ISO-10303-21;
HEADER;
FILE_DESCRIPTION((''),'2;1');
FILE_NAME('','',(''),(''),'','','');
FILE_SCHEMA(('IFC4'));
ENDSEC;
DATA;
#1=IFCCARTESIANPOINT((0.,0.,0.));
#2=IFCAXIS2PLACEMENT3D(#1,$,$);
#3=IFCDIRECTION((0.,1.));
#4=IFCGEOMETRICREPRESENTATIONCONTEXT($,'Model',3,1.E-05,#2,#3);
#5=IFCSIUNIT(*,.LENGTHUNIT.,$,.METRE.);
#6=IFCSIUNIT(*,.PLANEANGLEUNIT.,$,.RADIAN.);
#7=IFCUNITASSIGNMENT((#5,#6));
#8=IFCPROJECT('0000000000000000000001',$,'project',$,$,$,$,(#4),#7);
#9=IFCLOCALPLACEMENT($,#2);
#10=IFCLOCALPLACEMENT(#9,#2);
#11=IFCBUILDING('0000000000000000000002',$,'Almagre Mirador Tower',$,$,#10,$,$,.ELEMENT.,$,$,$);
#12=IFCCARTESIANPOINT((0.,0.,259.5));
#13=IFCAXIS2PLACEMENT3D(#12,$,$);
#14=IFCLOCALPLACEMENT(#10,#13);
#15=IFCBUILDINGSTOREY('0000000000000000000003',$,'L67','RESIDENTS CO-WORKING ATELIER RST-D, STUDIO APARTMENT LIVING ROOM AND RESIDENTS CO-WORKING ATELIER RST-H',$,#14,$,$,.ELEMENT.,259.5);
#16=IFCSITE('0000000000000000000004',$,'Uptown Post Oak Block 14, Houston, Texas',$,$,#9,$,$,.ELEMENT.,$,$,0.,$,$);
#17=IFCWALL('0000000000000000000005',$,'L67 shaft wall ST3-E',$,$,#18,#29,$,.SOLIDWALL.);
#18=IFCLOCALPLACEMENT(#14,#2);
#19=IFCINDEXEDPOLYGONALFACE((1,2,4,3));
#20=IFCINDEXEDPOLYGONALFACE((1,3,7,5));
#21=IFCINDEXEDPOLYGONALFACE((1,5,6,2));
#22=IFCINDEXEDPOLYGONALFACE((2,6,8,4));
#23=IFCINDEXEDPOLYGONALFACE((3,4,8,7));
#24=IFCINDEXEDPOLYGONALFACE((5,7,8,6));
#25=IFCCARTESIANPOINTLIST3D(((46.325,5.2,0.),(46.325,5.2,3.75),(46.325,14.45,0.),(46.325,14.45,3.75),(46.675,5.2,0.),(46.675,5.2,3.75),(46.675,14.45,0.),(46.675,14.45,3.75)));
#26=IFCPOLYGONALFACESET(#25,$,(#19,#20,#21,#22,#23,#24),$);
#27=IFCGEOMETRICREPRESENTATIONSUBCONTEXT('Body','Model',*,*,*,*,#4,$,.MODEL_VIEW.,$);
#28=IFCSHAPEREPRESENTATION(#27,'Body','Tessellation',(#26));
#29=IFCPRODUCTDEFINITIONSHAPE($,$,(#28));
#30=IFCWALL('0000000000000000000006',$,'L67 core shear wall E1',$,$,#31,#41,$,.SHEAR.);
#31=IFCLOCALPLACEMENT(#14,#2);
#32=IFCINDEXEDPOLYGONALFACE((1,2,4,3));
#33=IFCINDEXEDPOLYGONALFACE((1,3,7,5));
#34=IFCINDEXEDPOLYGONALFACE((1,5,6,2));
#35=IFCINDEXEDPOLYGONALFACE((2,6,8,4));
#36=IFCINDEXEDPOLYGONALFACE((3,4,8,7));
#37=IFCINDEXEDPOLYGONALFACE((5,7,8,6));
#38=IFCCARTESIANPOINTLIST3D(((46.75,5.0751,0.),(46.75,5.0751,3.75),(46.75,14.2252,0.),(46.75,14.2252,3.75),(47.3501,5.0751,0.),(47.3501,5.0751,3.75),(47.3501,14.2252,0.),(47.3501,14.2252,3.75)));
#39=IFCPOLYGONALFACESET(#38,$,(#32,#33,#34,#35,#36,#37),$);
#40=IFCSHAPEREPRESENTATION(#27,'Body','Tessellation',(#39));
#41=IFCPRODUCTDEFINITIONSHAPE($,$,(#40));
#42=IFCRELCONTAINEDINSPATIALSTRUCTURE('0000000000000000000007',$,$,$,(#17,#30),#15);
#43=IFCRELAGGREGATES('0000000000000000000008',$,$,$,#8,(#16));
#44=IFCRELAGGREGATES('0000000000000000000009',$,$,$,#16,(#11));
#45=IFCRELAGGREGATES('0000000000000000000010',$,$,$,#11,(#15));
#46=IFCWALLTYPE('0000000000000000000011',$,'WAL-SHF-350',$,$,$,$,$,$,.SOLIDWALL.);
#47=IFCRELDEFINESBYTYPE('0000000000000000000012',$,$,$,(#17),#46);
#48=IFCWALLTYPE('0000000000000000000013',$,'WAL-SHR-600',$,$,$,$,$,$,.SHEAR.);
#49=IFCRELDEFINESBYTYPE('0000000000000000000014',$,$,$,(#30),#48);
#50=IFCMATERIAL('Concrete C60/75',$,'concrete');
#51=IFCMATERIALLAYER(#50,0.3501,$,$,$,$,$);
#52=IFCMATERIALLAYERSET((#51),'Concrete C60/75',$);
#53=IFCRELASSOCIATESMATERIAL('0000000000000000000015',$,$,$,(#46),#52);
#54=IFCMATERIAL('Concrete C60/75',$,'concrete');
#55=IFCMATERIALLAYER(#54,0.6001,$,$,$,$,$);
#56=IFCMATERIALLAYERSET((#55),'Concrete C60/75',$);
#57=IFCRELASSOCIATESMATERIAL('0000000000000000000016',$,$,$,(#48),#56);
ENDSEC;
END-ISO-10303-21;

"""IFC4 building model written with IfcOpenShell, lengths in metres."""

from ifc_helpers import new_model, si_unit, direction, frame, frame_2d, origin, place, context, subcontext, project, spatial, rectangle, extrude, material, layer, layer_set, type_object, element, save


model = new_model("IFC4")

# Units and contexts
model_context = context("Model", 3, precision=1e-05, world=origin(), true_north=direction((0.0, 1.0)))
body_context = subcontext(model_context, "Body", "Model", "MODEL_VIEW")
ifc_project = project(units=[si_unit("LENGTHUNIT", "METRE"), si_unit("PLANEANGLEUNIT", "RADIAN")], contexts=[model_context])

# Site, building, storey
site_placement = place(None, origin())
site = spatial("IfcSite", under=ifc_project, at=site_placement, Name="Uptown Post Oak Block 14, Houston, Texas", CompositionType="ELEMENT", RefElevation=0.0)
building_placement = place(site_placement, origin())
building = spatial("IfcBuilding", under=site, at=building_placement, Name="Almagre Mirador Tower", CompositionType="ELEMENT")
storey_placement = place(building_placement, frame((0.0, 0.0, 259.5)))
storey = spatial("IfcBuildingStorey", under=building, at=storey_placement, Name="L67", Description="RESIDENTS CO-WORKING ATELIER RST-D, STUDIO APARTMENT LIVING ROOM AND RESIDENTS CO-WORKING ATELIER RST-H", CompositionType="ELEMENT", Elevation=259.5)

# Walls
ifc_material_1 = material(Name="Concrete C60/75", Category="concrete")
ifc_layer_1 = layer(ifc_material_1, 0.3501)
ifc_layer_set_1 = layer_set([ifc_layer_1], Name="Concrete C60/75")
wall_type_1 = type_object("IfcWallType", Name="WAL-SHF-350", PredefinedType="SOLIDWALL", material=ifc_layer_set_1)
wall_1_placement = place(storey_placement, frame((46.5, 5.2, 0.0), z_axis=(0.0, 0.0, 1.0), x_axis=(0.0, 1.0, 0.0)))
element("IfcWall", 1, at=wall_1_placement, inside=storey, type_object=wall_type_1, Name="L67 shaft wall ST3-E", PredefinedType="SOLIDWALL", context=body_context, shape_type="SweptSolid", body=[
    extrude(rectangle(XDim=9.25, YDim=0.3501, at=frame_2d((4.625, 0.0))), origin(), (0.0, 0.0, 1.0), 3.75),
])
ifc_material_2 = material(Name="Concrete C60/75", Category="concrete")
ifc_layer_2 = layer(ifc_material_2, 0.6001)
ifc_layer_set_2 = layer_set([ifc_layer_2], Name="Concrete C60/75")
wall_type_2 = type_object("IfcWallType", Name="WAL-SHR-600", PredefinedType="SHEAR", material=ifc_layer_set_2)
wall_2_placement = place(storey_placement, frame((47.05, 5.075, 0.0), z_axis=(0.0, 0.0, 1.0), x_axis=(0.0, 1.0, 0.0)))
element("IfcWall", 2, at=wall_2_placement, inside=storey, type_object=wall_type_2, Name="L67 core shear wall E1", PredefinedType="SHEAR", context=body_context, shape_type="SweptSolid", body=[
    extrude(rectangle(XDim=9.1501, YDim=0.6001, at=frame_2d((4.5752, 0.0))), origin(), (0.0, 0.0, 1.0), 3.75),
])

save(model, "model.ifc")
